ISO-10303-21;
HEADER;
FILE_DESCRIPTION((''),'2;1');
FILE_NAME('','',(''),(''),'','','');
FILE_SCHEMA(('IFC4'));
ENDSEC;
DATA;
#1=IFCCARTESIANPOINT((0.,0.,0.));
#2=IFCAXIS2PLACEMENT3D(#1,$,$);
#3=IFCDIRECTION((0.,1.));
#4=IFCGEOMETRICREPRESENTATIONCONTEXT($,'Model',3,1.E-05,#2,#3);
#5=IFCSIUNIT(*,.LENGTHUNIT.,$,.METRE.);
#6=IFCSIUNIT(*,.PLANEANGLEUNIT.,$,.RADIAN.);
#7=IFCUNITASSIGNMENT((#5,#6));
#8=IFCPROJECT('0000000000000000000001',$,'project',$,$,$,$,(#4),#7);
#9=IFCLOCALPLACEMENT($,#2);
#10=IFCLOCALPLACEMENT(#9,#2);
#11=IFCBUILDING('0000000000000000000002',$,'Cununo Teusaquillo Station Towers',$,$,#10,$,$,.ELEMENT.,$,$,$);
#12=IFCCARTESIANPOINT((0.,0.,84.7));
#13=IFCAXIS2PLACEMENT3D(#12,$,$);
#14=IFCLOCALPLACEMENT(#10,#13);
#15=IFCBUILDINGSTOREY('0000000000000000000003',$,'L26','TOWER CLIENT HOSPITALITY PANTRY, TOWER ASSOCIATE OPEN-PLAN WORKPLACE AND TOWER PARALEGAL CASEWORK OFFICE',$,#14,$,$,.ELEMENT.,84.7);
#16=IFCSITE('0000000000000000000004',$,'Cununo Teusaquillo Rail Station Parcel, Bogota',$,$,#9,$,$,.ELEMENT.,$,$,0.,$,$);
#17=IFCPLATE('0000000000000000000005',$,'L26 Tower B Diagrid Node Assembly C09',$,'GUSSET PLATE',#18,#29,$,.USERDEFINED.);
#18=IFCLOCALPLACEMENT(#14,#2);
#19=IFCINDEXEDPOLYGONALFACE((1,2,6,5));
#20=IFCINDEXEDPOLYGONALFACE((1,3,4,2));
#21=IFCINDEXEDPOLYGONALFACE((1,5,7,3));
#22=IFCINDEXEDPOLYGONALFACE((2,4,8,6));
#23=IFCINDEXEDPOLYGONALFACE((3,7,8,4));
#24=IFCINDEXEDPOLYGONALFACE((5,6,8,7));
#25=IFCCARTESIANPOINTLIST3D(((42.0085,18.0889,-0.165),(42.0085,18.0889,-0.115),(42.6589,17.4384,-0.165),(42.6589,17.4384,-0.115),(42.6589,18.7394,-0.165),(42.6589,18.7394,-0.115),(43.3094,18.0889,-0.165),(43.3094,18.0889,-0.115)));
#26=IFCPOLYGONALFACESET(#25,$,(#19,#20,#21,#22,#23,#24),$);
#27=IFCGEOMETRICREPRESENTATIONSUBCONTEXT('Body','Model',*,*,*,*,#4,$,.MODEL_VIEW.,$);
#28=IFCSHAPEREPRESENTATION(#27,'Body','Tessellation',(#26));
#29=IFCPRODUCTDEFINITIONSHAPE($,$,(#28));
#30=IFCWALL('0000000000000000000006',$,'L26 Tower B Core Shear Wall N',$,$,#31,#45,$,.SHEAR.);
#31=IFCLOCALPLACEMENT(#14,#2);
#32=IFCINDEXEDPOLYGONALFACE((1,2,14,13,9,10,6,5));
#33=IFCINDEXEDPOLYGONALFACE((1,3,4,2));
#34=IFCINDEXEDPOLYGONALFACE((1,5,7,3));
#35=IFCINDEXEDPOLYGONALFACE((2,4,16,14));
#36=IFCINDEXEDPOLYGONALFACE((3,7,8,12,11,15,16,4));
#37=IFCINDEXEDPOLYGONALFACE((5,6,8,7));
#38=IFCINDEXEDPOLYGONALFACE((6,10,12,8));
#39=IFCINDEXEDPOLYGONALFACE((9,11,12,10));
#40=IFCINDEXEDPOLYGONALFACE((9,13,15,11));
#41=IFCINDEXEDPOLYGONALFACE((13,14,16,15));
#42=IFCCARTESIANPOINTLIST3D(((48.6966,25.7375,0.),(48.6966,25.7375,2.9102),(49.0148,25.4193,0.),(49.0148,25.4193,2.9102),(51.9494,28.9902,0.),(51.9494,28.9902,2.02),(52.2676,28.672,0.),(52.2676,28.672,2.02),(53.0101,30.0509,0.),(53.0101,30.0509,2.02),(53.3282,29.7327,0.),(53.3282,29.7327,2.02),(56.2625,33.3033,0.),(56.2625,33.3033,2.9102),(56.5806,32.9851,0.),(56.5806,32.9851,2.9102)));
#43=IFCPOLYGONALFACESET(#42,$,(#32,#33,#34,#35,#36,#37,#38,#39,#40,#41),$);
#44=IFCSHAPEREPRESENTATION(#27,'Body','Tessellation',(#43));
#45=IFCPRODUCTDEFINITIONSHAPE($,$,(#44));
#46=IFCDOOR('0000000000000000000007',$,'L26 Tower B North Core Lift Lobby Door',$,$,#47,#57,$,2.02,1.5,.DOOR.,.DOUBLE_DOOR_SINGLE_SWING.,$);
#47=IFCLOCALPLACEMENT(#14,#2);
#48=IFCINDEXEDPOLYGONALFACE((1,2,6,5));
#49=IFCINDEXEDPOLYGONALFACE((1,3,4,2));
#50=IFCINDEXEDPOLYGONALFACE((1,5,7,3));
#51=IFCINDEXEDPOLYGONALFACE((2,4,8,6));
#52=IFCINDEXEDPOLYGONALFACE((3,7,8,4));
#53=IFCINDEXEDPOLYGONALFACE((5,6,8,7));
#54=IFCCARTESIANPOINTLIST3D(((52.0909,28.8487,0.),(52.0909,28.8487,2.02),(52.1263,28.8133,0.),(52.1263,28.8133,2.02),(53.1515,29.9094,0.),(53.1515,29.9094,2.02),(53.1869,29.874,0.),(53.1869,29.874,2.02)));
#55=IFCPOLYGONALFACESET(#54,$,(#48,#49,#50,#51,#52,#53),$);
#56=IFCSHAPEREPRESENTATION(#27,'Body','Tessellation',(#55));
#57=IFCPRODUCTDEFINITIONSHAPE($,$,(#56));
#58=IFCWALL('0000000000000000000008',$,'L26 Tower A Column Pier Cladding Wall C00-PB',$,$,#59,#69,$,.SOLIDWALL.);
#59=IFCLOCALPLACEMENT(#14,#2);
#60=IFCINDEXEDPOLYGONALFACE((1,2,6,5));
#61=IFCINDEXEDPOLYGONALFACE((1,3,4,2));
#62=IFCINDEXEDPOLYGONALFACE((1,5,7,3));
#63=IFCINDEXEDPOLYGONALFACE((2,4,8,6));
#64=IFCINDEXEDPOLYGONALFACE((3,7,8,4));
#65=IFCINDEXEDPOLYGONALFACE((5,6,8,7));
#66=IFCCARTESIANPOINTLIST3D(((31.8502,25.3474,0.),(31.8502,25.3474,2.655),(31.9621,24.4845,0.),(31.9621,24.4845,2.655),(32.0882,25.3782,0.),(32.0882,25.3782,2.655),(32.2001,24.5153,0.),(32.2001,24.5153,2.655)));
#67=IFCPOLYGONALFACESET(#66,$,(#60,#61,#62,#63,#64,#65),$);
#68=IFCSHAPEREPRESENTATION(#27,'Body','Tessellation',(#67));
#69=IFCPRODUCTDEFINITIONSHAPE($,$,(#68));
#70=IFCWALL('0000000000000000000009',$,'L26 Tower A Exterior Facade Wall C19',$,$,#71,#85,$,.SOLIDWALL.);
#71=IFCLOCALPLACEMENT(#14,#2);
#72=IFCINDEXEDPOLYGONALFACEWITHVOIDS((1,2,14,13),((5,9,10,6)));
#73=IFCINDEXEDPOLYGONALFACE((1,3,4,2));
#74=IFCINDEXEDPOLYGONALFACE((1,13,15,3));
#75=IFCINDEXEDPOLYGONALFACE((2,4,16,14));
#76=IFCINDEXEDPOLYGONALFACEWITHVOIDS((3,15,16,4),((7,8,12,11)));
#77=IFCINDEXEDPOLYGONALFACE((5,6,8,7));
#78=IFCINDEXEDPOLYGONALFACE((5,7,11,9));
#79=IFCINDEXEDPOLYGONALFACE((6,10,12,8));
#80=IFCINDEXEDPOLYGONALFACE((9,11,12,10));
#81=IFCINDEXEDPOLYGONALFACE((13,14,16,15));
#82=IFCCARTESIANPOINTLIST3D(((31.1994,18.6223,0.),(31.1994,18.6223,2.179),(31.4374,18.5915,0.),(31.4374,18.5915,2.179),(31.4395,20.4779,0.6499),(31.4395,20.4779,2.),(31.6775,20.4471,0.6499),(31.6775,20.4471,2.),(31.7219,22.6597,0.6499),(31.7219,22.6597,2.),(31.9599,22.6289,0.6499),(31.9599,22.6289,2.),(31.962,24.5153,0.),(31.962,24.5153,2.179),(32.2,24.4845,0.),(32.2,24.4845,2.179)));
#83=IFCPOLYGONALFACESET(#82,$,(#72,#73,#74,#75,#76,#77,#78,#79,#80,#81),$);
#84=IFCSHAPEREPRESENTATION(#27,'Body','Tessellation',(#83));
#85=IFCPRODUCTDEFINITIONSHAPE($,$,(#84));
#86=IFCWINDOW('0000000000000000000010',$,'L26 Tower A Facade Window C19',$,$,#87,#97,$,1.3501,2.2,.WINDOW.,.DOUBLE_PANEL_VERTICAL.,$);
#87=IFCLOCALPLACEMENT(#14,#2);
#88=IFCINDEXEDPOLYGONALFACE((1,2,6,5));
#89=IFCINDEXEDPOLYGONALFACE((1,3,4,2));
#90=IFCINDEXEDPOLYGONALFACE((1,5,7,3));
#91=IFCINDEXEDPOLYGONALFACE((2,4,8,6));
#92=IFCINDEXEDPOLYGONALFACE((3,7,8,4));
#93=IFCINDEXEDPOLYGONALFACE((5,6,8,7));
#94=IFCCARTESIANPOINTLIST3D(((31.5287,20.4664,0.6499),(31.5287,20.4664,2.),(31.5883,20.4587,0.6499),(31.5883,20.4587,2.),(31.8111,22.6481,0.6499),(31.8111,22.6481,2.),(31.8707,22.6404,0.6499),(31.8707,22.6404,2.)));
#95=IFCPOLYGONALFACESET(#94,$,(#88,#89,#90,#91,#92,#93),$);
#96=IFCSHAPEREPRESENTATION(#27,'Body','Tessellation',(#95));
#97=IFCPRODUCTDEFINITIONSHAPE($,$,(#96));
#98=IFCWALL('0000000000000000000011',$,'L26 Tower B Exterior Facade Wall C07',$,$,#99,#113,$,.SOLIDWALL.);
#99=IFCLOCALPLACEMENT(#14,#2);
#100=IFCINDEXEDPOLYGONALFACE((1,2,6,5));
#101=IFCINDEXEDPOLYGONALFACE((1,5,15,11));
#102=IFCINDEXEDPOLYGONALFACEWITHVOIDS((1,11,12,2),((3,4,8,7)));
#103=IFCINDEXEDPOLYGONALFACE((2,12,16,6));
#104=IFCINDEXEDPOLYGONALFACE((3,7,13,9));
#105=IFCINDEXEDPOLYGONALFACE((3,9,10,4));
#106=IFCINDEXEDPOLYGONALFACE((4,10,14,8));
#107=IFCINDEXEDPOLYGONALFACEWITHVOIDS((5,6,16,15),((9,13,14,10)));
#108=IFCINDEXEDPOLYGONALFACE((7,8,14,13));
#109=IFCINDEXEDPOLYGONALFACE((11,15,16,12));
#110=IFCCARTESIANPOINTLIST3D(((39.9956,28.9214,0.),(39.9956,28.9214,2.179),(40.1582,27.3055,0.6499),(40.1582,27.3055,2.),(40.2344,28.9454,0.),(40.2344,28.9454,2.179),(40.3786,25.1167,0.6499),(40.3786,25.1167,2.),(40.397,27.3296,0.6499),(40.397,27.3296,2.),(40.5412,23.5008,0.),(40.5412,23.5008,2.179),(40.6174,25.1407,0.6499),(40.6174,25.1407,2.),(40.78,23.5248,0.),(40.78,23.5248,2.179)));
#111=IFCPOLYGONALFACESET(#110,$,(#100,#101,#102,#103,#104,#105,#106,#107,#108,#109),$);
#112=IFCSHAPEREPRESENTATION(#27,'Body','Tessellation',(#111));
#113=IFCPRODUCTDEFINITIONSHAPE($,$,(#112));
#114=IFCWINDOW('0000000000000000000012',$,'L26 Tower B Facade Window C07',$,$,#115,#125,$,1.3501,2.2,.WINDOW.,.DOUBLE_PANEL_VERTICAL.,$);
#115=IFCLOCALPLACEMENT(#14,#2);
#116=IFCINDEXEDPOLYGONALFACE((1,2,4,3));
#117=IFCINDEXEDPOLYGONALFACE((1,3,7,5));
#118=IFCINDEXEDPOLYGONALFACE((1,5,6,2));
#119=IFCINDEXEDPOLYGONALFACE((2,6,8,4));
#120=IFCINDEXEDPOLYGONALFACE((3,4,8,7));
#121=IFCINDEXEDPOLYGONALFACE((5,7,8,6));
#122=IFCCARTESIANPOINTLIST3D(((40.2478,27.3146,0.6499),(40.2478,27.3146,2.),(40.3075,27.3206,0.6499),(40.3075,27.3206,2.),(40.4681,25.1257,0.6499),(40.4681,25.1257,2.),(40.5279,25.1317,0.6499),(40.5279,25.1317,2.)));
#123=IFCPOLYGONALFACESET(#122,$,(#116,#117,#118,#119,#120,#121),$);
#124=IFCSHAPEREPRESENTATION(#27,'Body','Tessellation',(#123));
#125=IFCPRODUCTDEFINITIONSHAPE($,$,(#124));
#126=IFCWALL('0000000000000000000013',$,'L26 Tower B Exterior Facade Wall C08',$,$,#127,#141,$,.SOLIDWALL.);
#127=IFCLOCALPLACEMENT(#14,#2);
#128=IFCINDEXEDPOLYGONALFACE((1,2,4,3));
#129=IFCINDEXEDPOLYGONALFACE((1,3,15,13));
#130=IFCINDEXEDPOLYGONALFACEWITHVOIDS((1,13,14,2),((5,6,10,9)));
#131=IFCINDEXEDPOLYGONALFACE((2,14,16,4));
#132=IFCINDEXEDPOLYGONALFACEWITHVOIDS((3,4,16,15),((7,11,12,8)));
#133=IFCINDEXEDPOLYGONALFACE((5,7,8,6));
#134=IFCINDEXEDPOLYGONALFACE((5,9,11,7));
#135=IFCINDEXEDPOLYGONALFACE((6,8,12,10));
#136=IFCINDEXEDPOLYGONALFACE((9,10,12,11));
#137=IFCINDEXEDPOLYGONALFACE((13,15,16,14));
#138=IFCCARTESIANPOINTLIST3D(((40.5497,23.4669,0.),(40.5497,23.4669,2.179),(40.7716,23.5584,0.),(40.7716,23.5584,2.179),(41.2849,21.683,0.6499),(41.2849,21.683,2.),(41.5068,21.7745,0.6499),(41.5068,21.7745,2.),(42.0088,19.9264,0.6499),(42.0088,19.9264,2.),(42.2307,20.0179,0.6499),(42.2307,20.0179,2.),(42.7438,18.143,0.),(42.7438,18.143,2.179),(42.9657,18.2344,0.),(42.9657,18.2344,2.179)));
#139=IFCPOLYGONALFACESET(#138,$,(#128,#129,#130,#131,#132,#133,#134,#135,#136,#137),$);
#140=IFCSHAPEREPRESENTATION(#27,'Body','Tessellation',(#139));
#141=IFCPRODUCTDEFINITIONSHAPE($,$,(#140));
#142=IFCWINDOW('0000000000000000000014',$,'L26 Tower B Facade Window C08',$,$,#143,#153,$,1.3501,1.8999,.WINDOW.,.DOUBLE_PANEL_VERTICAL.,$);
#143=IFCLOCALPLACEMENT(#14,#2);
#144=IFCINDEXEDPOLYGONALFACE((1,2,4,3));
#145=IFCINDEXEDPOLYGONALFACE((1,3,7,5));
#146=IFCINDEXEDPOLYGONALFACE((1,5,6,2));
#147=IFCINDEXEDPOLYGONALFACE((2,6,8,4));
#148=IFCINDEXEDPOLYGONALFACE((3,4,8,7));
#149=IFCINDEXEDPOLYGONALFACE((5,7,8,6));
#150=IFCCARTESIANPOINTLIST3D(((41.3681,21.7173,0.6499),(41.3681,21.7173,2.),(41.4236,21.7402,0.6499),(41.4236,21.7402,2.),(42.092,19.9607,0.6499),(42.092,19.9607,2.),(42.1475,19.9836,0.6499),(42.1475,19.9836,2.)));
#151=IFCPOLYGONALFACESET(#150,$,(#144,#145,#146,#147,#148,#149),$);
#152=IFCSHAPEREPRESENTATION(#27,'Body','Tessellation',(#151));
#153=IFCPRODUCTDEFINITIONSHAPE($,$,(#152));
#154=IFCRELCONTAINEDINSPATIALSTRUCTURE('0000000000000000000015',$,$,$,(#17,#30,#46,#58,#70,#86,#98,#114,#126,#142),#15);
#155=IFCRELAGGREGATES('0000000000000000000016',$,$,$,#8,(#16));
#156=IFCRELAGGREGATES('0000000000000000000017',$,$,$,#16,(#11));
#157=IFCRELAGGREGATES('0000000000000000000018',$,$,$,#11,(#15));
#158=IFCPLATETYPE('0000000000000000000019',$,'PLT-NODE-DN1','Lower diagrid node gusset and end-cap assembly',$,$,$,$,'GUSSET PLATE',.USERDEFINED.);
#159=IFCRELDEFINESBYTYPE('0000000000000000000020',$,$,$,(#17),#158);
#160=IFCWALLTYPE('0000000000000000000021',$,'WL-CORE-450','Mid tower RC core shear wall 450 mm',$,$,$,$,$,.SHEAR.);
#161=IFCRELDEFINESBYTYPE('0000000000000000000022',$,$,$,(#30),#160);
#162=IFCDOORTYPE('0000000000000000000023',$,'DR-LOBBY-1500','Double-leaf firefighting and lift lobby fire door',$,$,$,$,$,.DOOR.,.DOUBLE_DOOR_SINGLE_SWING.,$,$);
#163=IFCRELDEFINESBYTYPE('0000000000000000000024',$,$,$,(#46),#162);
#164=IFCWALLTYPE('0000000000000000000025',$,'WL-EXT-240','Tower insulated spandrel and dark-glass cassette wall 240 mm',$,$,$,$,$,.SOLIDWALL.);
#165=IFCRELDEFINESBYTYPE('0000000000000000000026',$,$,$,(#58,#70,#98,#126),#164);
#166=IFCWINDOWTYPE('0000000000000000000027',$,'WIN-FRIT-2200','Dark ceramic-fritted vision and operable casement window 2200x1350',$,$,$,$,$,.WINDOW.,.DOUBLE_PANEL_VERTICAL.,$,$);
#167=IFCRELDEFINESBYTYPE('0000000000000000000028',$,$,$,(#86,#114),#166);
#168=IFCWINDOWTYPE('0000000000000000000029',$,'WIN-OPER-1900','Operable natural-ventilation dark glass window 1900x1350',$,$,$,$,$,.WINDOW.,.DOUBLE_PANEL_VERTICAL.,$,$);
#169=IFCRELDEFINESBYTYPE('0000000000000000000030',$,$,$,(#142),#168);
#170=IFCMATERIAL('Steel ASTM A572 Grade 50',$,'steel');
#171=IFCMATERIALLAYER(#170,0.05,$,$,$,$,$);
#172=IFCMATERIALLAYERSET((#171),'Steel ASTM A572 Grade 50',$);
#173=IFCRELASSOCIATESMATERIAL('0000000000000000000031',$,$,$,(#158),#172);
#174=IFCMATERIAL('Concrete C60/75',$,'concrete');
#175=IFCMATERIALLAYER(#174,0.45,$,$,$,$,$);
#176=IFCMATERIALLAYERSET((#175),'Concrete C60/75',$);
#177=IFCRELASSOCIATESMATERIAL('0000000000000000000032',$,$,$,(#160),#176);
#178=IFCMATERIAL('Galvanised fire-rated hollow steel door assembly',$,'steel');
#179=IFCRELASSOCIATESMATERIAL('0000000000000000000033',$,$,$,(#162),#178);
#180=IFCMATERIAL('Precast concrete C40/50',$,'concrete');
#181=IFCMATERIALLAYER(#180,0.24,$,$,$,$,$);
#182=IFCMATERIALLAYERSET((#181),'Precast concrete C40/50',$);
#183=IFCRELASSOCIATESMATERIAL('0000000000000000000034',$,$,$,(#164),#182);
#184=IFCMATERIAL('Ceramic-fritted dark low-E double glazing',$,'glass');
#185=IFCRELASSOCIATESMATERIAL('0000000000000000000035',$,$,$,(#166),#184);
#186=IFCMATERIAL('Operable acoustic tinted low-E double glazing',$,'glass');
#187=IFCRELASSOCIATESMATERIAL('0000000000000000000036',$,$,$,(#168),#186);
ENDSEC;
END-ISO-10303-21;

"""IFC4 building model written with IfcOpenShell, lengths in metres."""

from ifc_helpers import new_model, si_unit, direction, frame, frame_2d, origin, origin_2d, place, context, subcontext, project, spatial, rectangle, extrude, source, transform, mapped, material, layer, layer_set, type_object, element, fill, save


model = new_model("IFC4")

# Units and contexts
model_context = context("Model", 3, precision=1e-05, world=origin(), true_north=direction((0.0, 1.0)))
body_context = subcontext(model_context, "Body", "Model", "MODEL_VIEW")
ifc_project = project(units=[si_unit("LENGTHUNIT", "METRE"), si_unit("PLANEANGLEUNIT", "RADIAN")], contexts=[model_context])

# Site, building, storey
site_placement = place(None, origin())
site = spatial("IfcSite", under=ifc_project, at=site_placement, Name="Cununo Teusaquillo Rail Station Parcel, Bogota", CompositionType="ELEMENT", RefElevation=0.0)
building_placement = place(site_placement, origin())
building = spatial("IfcBuilding", under=site, at=building_placement, Name="Cununo Teusaquillo Station Towers", CompositionType="ELEMENT")
storey_placement = place(building_placement, frame((0.0, 0.0, 84.7)))
storey = spatial("IfcBuildingStorey", under=building, at=storey_placement, Name="L26", Description="TOWER CLIENT HOSPITALITY PANTRY, TOWER ASSOCIATE OPEN-PLAN WORKPLACE AND TOWER PARALEGAL CASEWORK OFFICE", CompositionType="ELEMENT", Elevation=84.7)

# Plate
ifc_material_1 = material(Name="Steel ASTM A572 Grade 50", Category="steel")
ifc_layer_1 = layer(ifc_material_1, 0.05)
ifc_layer_set_1 = layer_set([ifc_layer_1], Name="Steel ASTM A572 Grade 50")
plate_type = type_object("IfcPlateType", Name="PLT-NODE-DN1", Description="Lower diagrid node gusset and end-cap assembly", ElementType="GUSSET PLATE", PredefinedType="USERDEFINED", material=ifc_layer_set_1)
shared_shape_1 = source(origin(), body_context, "Body", "SweptSolid", [
    extrude(rectangle(XDim=0.9199, YDim=0.9199, at=origin_2d()), origin(), (0.0, 0.0, 1.0), 0.05),
])
plate_placement = place(storey_placement, frame((42.6589, 18.0889, -0.165), z_axis=(0.0, 0.0, 1.0), x_axis=(0.707107, 0.707107, 0.0)))
element("IfcPlate", 1, at=plate_placement, inside=storey, type_object=plate_type, Name="L26 Tower B Diagrid Node Assembly C09", ObjectType="GUSSET PLATE", PredefinedType="USERDEFINED", context=body_context, shape_type="MappedRepresentation", body=[
    mapped(shared_shape_1, transform((0.0, 0.0, 0.0), x_axis=(1.0, 0.0, 0.0), y_axis=(0.0, 1.0, 0.0), z_axis=(0.0, 0.0, 1.0), scale=1.0)),
])

# Wall, opening, door
ifc_material_2 = material(Name="Concrete C60/75", Category="concrete")
ifc_layer_2 = layer(ifc_material_2, 0.45)
ifc_layer_set_2 = layer_set([ifc_layer_2], Name="Concrete C60/75")
wall_type_1 = type_object("IfcWallType", Name="WL-CORE-450", Description="Mid tower RC core shear wall 450 mm", PredefinedType="SHEAR", material=ifc_layer_set_2)
wall_1_placement = place(storey_placement, frame((48.8557, 25.5784, 0.0), z_axis=(0.0, 0.0, 1.0), x_axis=(0.707107, 0.707107, 0.0)))
wall_1 = element("IfcWall", 2, at=wall_1_placement, inside=storey, type_object=wall_type_1, Name="L26 Tower B Core Shear Wall N", PredefinedType="SHEAR", context=body_context, shape_type="SweptSolid", body=[
    extrude(rectangle(XDim=10.6997, YDim=0.45, at=frame_2d((5.3499, 0.0))), origin(), (0.0, 0.0, 1.0), 2.9102),
])
shared_shape_2 = source(origin(), body_context, "Body", "SweptSolid", [
    extrude(rectangle(XDim=1.5, YDim=2.02, at=frame_2d((0.75, 1.01))), frame((0.0, 0.2349, 0.0), z_axis=(0.0, -1.0, 0.0), x_axis=(1.0, 0.0, 0.0)), (0.0, 0.0, 1.0), 0.47),
])
opening_1_placement = place(wall_1_placement, frame((4.6001, 0.0, 0.0)))
opening_1 = element("IfcOpeningElement", 3, at=opening_1_placement, cuts=wall_1, PredefinedType="OPENING", context=body_context, shape_type="MappedRepresentation", body=[
    mapped(shared_shape_2, transform((0.0, 0.0, 0.0), x_axis=(1.0, 0.0, 0.0), y_axis=(0.0, 1.0, 0.0), z_axis=(0.0, 0.0, 1.0), scale=1.0)),
])
ifc_material_3 = material(Name="Galvanised fire-rated hollow steel door assembly", Category="steel")
door_type_1 = type_object("IfcDoorType", Name="DR-LOBBY-1500", Description="Double-leaf firefighting and lift lobby fire door", OperationType="DOUBLE_DOOR_SINGLE_SWING", PredefinedType="DOOR", material=ifc_material_3)
shared_shape_3 = source(origin(), body_context, "Body", "SweptSolid", [
    extrude(rectangle(XDim=1.5, YDim=2.02, at=frame_2d((0.75, 1.01))), frame((0.0, 0.0249, 0.0), z_axis=(0.0, -1.0, 0.0), x_axis=(1.0, 0.0, 0.0)), (0.0, 0.0, 1.0), 0.05),
])
door_1_placement = place(opening_1_placement, origin())
door_1 = element("IfcDoor", 4, at=door_1_placement, inside=storey, type_object=door_type_1, Name="L26 Tower B North Core Lift Lobby Door", OperationType="DOUBLE_DOOR_SINGLE_SWING", OverallHeight=2.02, OverallWidth=1.5, PredefinedType="DOOR", context=body_context, shape_type="MappedRepresentation", body=[
    mapped(shared_shape_3, transform((0.0, 0.0, 0.0), x_axis=(1.0, 0.0, 0.0), y_axis=(0.0, 1.0, 0.0), z_axis=(0.0, 0.0, 1.0), scale=1.0)),
])
fill(opening_1, door_1)

# Wall
ifc_material_4 = material(Name="Precast concrete C40/50", Category="concrete")
ifc_layer_3 = layer(ifc_material_4, 0.24)
ifc_layer_set_3 = layer_set([ifc_layer_3], Name="Precast concrete C40/50")
wall_type_2 = type_object("IfcWallType", Name="WL-EXT-240", Description="Tower insulated spandrel and dark-glass cassette wall 240 mm", PredefinedType="SOLIDWALL", material=ifc_layer_set_3)
wall_2_placement = place(storey_placement, frame((31.9692, 25.3628, 0.0), z_axis=(0.0, 0.0, 1.0), x_axis=(0.128523, -0.991706, 0.0)))
element("IfcWall", 5, at=wall_2_placement, inside=storey, type_object=wall_type_2, Name="L26 Tower A Column Pier Cladding Wall C00-PB", PredefinedType="SOLIDWALL", context=body_context, shape_type="SweptSolid", body=[
    extrude(rectangle(XDim=0.8701, YDim=0.24, at=frame_2d((0.4351, 0.0))), origin(), (0.0, 0.0, 1.0), 2.655),
])

# Walls, openings, windows
wall_3_placement = place(storey_placement, frame((32.0811, 24.5, 0.0), z_axis=(0.0, 0.0, 1.0), x_axis=(-0.128352, -0.991729, 0.0)))
wall_3 = element("IfcWall", 6, at=wall_3_placement, inside=storey, type_object=wall_type_2, Name="L26 Tower A Exterior Facade Wall C19", PredefinedType="SOLIDWALL", context=body_context, shape_type="SweptSolid", body=[
    extrude(rectangle(XDim=5.9421, YDim=0.24, at=frame_2d((2.9712, 0.0))), origin(), (0.0, 0.0, 1.0), 2.179),
])
shared_shape_4 = source(origin(), body_context, "Body", "SweptSolid", [
    extrude(rectangle(XDim=2.2, YDim=1.3501, at=frame_2d((1.1001, 0.675))), frame((0.0, 0.1299, 0.0), z_axis=(0.0, -1.0, 0.0), x_axis=(1.0, 0.0, 0.0)), (0.0, 0.0, 1.0), 0.26),
])
opening_2_placement = place(wall_3_placement, frame((1.8711, 0.0, 0.6499)))
opening_2 = element("IfcOpeningElement", 7, at=opening_2_placement, cuts=wall_3, PredefinedType="OPENING", context=body_context, shape_type="MappedRepresentation", body=[
    mapped(shared_shape_4, transform((0.0, 0.0, 0.0), x_axis=(1.0, 0.0, 0.0), y_axis=(0.0, 1.0, 0.0), z_axis=(0.0, 0.0, 1.0), scale=1.0)),
])
ifc_material_5 = material(Name="Ceramic-fritted dark low-E double glazing", Category="glass")
window_type_1 = type_object("IfcWindowType", Name="WIN-FRIT-2200", Description="Dark ceramic-fritted vision and operable casement window 2200x1350", PartitioningType="DOUBLE_PANEL_VERTICAL", PredefinedType="WINDOW", material=ifc_material_5)
shared_shape_5 = source(origin(), body_context, "Body", "SweptSolid", [
    extrude(rectangle(XDim=2.2, YDim=1.3501, at=frame_2d((1.1001, 0.675))), frame((0.0, 0.03, 0.0), z_axis=(0.0, -1.0, 0.0), x_axis=(1.0, 0.0, 0.0)), (0.0, 0.0, 1.0), 0.0601),
])
window_1_placement = place(opening_2_placement, origin())
window_1 = element("IfcWindow", 8, at=window_1_placement, inside=storey, type_object=window_type_1, Name="L26 Tower A Facade Window C19", OverallHeight=1.3501, OverallWidth=2.2, PartitioningType="DOUBLE_PANEL_VERTICAL", PredefinedType="WINDOW", context=body_context, shape_type="MappedRepresentation", body=[
    mapped(shared_shape_5, transform((0.0, 0.0, 0.0), x_axis=(1.0, 0.0, 0.0), y_axis=(0.0, 1.0, 0.0), z_axis=(0.0, 0.0, 1.0), scale=1.0)),
])
fill(opening_2, window_1)
wall_4_placement = place(storey_placement, frame((40.6606, 23.5127, 0.0), z_axis=(0.0, 0.0, 1.0), x_axis=(-0.100156, 0.994972, 0.0)))
wall_4 = element("IfcWall", 9, at=wall_4_placement, inside=storey, type_object=wall_type_2, Name="L26 Tower B Exterior Facade Wall C07", PredefinedType="SOLIDWALL", context=body_context, shape_type="SweptSolid", body=[
    extrude(rectangle(XDim=5.448, YDim=0.24, at=frame_2d((2.7241, 0.0))), origin(), (0.0, 0.0, 1.0), 2.179),
])
opening_3_placement = place(wall_4_placement, frame((1.624, 0.0, 0.6499)))
opening_3 = element("IfcOpeningElement", 10, at=opening_3_placement, cuts=wall_4, PredefinedType="OPENING", context=body_context, shape_type="MappedRepresentation", body=[
    mapped(shared_shape_4, transform((0.0, 0.0, 0.0), x_axis=(1.0, 0.0, 0.0), y_axis=(0.0, 1.0, 0.0), z_axis=(0.0, 0.0, 1.0), scale=1.0)),
])
window_2_placement = place(opening_3_placement, origin())
window_2 = element("IfcWindow", 11, at=window_2_placement, inside=storey, type_object=window_type_1, Name="L26 Tower B Facade Window C07", OverallHeight=1.3501, OverallWidth=2.2, PartitioningType="DOUBLE_PANEL_VERTICAL", PredefinedType="WINDOW", context=body_context, shape_type="MappedRepresentation", body=[
    mapped(shared_shape_5, transform((0.0, 0.0, 0.0), x_axis=(1.0, 0.0, 0.0), y_axis=(0.0, 1.0, 0.0), z_axis=(0.0, 0.0, 1.0), scale=1.0)),
])
fill(opening_3, window_2)
wall_5_placement = place(storey_placement, frame((42.8547, 18.1887, 0.0), z_axis=(0.0, 0.0, 1.0), x_axis=(-0.381027, 0.924564, 0.0)))
wall_5 = element("IfcWall", 12, at=wall_5_placement, inside=storey, type_object=wall_type_2, Name="L26 Tower B Exterior Facade Wall C08", PredefinedType="SOLIDWALL", context=body_context, shape_type="SweptSolid", body=[
    extrude(rectangle(XDim=5.7583, YDim=0.24, at=frame_2d((2.8792, 0.0))), origin(), (0.0, 0.0, 1.0), 2.179),
])
shared_shape_6 = source(origin(), body_context, "Body", "SweptSolid", [
    extrude(rectangle(XDim=1.8999, YDim=1.3501, at=frame_2d((0.95, 0.675))), frame((0.0, 0.1299, 0.0), z_axis=(0.0, -1.0, 0.0), x_axis=(1.0, 0.0, 0.0)), (0.0, 0.0, 1.0), 0.26),
])
opening_4_placement = place(wall_5_placement, frame((1.929, 0.0, 0.6499)))
opening_4 = element("IfcOpeningElement", 13, at=opening_4_placement, cuts=wall_5, PredefinedType="OPENING", context=body_context, shape_type="MappedRepresentation", body=[
    mapped(shared_shape_6, transform((0.0, 0.0, 0.0), x_axis=(1.0, 0.0, 0.0), y_axis=(0.0, 1.0, 0.0), z_axis=(0.0, 0.0, 1.0), scale=1.0)),
])
ifc_material_6 = material(Name="Operable acoustic tinted low-E double glazing", Category="glass")
window_type_2 = type_object("IfcWindowType", Name="WIN-OPER-1900", Description="Operable natural-ventilation dark glass window 1900x1350", PartitioningType="DOUBLE_PANEL_VERTICAL", PredefinedType="WINDOW", material=ifc_material_6)
shared_shape_7 = source(origin(), body_context, "Body", "SweptSolid", [
    extrude(rectangle(XDim=1.8999, YDim=1.3501, at=frame_2d((0.95, 0.675))), frame((0.0, 0.03, 0.0), z_axis=(0.0, -1.0, 0.0), x_axis=(1.0, 0.0, 0.0)), (0.0, 0.0, 1.0), 0.0601),
])
window_3_placement = place(opening_4_placement, origin())
window_3 = element("IfcWindow", 14, at=window_3_placement, inside=storey, type_object=window_type_2, Name="L26 Tower B Facade Window C08", OverallHeight=1.3501, OverallWidth=1.8999, PartitioningType="DOUBLE_PANEL_VERTICAL", PredefinedType="WINDOW", context=body_context, shape_type="MappedRepresentation", body=[
    mapped(shared_shape_7, transform((0.0, 0.0, 0.0), x_axis=(1.0, 0.0, 0.0), y_axis=(0.0, 1.0, 0.0), z_axis=(0.0, 0.0, 1.0), scale=1.0)),
])
fill(opening_4, window_3)

save(model, "model.ifc")
